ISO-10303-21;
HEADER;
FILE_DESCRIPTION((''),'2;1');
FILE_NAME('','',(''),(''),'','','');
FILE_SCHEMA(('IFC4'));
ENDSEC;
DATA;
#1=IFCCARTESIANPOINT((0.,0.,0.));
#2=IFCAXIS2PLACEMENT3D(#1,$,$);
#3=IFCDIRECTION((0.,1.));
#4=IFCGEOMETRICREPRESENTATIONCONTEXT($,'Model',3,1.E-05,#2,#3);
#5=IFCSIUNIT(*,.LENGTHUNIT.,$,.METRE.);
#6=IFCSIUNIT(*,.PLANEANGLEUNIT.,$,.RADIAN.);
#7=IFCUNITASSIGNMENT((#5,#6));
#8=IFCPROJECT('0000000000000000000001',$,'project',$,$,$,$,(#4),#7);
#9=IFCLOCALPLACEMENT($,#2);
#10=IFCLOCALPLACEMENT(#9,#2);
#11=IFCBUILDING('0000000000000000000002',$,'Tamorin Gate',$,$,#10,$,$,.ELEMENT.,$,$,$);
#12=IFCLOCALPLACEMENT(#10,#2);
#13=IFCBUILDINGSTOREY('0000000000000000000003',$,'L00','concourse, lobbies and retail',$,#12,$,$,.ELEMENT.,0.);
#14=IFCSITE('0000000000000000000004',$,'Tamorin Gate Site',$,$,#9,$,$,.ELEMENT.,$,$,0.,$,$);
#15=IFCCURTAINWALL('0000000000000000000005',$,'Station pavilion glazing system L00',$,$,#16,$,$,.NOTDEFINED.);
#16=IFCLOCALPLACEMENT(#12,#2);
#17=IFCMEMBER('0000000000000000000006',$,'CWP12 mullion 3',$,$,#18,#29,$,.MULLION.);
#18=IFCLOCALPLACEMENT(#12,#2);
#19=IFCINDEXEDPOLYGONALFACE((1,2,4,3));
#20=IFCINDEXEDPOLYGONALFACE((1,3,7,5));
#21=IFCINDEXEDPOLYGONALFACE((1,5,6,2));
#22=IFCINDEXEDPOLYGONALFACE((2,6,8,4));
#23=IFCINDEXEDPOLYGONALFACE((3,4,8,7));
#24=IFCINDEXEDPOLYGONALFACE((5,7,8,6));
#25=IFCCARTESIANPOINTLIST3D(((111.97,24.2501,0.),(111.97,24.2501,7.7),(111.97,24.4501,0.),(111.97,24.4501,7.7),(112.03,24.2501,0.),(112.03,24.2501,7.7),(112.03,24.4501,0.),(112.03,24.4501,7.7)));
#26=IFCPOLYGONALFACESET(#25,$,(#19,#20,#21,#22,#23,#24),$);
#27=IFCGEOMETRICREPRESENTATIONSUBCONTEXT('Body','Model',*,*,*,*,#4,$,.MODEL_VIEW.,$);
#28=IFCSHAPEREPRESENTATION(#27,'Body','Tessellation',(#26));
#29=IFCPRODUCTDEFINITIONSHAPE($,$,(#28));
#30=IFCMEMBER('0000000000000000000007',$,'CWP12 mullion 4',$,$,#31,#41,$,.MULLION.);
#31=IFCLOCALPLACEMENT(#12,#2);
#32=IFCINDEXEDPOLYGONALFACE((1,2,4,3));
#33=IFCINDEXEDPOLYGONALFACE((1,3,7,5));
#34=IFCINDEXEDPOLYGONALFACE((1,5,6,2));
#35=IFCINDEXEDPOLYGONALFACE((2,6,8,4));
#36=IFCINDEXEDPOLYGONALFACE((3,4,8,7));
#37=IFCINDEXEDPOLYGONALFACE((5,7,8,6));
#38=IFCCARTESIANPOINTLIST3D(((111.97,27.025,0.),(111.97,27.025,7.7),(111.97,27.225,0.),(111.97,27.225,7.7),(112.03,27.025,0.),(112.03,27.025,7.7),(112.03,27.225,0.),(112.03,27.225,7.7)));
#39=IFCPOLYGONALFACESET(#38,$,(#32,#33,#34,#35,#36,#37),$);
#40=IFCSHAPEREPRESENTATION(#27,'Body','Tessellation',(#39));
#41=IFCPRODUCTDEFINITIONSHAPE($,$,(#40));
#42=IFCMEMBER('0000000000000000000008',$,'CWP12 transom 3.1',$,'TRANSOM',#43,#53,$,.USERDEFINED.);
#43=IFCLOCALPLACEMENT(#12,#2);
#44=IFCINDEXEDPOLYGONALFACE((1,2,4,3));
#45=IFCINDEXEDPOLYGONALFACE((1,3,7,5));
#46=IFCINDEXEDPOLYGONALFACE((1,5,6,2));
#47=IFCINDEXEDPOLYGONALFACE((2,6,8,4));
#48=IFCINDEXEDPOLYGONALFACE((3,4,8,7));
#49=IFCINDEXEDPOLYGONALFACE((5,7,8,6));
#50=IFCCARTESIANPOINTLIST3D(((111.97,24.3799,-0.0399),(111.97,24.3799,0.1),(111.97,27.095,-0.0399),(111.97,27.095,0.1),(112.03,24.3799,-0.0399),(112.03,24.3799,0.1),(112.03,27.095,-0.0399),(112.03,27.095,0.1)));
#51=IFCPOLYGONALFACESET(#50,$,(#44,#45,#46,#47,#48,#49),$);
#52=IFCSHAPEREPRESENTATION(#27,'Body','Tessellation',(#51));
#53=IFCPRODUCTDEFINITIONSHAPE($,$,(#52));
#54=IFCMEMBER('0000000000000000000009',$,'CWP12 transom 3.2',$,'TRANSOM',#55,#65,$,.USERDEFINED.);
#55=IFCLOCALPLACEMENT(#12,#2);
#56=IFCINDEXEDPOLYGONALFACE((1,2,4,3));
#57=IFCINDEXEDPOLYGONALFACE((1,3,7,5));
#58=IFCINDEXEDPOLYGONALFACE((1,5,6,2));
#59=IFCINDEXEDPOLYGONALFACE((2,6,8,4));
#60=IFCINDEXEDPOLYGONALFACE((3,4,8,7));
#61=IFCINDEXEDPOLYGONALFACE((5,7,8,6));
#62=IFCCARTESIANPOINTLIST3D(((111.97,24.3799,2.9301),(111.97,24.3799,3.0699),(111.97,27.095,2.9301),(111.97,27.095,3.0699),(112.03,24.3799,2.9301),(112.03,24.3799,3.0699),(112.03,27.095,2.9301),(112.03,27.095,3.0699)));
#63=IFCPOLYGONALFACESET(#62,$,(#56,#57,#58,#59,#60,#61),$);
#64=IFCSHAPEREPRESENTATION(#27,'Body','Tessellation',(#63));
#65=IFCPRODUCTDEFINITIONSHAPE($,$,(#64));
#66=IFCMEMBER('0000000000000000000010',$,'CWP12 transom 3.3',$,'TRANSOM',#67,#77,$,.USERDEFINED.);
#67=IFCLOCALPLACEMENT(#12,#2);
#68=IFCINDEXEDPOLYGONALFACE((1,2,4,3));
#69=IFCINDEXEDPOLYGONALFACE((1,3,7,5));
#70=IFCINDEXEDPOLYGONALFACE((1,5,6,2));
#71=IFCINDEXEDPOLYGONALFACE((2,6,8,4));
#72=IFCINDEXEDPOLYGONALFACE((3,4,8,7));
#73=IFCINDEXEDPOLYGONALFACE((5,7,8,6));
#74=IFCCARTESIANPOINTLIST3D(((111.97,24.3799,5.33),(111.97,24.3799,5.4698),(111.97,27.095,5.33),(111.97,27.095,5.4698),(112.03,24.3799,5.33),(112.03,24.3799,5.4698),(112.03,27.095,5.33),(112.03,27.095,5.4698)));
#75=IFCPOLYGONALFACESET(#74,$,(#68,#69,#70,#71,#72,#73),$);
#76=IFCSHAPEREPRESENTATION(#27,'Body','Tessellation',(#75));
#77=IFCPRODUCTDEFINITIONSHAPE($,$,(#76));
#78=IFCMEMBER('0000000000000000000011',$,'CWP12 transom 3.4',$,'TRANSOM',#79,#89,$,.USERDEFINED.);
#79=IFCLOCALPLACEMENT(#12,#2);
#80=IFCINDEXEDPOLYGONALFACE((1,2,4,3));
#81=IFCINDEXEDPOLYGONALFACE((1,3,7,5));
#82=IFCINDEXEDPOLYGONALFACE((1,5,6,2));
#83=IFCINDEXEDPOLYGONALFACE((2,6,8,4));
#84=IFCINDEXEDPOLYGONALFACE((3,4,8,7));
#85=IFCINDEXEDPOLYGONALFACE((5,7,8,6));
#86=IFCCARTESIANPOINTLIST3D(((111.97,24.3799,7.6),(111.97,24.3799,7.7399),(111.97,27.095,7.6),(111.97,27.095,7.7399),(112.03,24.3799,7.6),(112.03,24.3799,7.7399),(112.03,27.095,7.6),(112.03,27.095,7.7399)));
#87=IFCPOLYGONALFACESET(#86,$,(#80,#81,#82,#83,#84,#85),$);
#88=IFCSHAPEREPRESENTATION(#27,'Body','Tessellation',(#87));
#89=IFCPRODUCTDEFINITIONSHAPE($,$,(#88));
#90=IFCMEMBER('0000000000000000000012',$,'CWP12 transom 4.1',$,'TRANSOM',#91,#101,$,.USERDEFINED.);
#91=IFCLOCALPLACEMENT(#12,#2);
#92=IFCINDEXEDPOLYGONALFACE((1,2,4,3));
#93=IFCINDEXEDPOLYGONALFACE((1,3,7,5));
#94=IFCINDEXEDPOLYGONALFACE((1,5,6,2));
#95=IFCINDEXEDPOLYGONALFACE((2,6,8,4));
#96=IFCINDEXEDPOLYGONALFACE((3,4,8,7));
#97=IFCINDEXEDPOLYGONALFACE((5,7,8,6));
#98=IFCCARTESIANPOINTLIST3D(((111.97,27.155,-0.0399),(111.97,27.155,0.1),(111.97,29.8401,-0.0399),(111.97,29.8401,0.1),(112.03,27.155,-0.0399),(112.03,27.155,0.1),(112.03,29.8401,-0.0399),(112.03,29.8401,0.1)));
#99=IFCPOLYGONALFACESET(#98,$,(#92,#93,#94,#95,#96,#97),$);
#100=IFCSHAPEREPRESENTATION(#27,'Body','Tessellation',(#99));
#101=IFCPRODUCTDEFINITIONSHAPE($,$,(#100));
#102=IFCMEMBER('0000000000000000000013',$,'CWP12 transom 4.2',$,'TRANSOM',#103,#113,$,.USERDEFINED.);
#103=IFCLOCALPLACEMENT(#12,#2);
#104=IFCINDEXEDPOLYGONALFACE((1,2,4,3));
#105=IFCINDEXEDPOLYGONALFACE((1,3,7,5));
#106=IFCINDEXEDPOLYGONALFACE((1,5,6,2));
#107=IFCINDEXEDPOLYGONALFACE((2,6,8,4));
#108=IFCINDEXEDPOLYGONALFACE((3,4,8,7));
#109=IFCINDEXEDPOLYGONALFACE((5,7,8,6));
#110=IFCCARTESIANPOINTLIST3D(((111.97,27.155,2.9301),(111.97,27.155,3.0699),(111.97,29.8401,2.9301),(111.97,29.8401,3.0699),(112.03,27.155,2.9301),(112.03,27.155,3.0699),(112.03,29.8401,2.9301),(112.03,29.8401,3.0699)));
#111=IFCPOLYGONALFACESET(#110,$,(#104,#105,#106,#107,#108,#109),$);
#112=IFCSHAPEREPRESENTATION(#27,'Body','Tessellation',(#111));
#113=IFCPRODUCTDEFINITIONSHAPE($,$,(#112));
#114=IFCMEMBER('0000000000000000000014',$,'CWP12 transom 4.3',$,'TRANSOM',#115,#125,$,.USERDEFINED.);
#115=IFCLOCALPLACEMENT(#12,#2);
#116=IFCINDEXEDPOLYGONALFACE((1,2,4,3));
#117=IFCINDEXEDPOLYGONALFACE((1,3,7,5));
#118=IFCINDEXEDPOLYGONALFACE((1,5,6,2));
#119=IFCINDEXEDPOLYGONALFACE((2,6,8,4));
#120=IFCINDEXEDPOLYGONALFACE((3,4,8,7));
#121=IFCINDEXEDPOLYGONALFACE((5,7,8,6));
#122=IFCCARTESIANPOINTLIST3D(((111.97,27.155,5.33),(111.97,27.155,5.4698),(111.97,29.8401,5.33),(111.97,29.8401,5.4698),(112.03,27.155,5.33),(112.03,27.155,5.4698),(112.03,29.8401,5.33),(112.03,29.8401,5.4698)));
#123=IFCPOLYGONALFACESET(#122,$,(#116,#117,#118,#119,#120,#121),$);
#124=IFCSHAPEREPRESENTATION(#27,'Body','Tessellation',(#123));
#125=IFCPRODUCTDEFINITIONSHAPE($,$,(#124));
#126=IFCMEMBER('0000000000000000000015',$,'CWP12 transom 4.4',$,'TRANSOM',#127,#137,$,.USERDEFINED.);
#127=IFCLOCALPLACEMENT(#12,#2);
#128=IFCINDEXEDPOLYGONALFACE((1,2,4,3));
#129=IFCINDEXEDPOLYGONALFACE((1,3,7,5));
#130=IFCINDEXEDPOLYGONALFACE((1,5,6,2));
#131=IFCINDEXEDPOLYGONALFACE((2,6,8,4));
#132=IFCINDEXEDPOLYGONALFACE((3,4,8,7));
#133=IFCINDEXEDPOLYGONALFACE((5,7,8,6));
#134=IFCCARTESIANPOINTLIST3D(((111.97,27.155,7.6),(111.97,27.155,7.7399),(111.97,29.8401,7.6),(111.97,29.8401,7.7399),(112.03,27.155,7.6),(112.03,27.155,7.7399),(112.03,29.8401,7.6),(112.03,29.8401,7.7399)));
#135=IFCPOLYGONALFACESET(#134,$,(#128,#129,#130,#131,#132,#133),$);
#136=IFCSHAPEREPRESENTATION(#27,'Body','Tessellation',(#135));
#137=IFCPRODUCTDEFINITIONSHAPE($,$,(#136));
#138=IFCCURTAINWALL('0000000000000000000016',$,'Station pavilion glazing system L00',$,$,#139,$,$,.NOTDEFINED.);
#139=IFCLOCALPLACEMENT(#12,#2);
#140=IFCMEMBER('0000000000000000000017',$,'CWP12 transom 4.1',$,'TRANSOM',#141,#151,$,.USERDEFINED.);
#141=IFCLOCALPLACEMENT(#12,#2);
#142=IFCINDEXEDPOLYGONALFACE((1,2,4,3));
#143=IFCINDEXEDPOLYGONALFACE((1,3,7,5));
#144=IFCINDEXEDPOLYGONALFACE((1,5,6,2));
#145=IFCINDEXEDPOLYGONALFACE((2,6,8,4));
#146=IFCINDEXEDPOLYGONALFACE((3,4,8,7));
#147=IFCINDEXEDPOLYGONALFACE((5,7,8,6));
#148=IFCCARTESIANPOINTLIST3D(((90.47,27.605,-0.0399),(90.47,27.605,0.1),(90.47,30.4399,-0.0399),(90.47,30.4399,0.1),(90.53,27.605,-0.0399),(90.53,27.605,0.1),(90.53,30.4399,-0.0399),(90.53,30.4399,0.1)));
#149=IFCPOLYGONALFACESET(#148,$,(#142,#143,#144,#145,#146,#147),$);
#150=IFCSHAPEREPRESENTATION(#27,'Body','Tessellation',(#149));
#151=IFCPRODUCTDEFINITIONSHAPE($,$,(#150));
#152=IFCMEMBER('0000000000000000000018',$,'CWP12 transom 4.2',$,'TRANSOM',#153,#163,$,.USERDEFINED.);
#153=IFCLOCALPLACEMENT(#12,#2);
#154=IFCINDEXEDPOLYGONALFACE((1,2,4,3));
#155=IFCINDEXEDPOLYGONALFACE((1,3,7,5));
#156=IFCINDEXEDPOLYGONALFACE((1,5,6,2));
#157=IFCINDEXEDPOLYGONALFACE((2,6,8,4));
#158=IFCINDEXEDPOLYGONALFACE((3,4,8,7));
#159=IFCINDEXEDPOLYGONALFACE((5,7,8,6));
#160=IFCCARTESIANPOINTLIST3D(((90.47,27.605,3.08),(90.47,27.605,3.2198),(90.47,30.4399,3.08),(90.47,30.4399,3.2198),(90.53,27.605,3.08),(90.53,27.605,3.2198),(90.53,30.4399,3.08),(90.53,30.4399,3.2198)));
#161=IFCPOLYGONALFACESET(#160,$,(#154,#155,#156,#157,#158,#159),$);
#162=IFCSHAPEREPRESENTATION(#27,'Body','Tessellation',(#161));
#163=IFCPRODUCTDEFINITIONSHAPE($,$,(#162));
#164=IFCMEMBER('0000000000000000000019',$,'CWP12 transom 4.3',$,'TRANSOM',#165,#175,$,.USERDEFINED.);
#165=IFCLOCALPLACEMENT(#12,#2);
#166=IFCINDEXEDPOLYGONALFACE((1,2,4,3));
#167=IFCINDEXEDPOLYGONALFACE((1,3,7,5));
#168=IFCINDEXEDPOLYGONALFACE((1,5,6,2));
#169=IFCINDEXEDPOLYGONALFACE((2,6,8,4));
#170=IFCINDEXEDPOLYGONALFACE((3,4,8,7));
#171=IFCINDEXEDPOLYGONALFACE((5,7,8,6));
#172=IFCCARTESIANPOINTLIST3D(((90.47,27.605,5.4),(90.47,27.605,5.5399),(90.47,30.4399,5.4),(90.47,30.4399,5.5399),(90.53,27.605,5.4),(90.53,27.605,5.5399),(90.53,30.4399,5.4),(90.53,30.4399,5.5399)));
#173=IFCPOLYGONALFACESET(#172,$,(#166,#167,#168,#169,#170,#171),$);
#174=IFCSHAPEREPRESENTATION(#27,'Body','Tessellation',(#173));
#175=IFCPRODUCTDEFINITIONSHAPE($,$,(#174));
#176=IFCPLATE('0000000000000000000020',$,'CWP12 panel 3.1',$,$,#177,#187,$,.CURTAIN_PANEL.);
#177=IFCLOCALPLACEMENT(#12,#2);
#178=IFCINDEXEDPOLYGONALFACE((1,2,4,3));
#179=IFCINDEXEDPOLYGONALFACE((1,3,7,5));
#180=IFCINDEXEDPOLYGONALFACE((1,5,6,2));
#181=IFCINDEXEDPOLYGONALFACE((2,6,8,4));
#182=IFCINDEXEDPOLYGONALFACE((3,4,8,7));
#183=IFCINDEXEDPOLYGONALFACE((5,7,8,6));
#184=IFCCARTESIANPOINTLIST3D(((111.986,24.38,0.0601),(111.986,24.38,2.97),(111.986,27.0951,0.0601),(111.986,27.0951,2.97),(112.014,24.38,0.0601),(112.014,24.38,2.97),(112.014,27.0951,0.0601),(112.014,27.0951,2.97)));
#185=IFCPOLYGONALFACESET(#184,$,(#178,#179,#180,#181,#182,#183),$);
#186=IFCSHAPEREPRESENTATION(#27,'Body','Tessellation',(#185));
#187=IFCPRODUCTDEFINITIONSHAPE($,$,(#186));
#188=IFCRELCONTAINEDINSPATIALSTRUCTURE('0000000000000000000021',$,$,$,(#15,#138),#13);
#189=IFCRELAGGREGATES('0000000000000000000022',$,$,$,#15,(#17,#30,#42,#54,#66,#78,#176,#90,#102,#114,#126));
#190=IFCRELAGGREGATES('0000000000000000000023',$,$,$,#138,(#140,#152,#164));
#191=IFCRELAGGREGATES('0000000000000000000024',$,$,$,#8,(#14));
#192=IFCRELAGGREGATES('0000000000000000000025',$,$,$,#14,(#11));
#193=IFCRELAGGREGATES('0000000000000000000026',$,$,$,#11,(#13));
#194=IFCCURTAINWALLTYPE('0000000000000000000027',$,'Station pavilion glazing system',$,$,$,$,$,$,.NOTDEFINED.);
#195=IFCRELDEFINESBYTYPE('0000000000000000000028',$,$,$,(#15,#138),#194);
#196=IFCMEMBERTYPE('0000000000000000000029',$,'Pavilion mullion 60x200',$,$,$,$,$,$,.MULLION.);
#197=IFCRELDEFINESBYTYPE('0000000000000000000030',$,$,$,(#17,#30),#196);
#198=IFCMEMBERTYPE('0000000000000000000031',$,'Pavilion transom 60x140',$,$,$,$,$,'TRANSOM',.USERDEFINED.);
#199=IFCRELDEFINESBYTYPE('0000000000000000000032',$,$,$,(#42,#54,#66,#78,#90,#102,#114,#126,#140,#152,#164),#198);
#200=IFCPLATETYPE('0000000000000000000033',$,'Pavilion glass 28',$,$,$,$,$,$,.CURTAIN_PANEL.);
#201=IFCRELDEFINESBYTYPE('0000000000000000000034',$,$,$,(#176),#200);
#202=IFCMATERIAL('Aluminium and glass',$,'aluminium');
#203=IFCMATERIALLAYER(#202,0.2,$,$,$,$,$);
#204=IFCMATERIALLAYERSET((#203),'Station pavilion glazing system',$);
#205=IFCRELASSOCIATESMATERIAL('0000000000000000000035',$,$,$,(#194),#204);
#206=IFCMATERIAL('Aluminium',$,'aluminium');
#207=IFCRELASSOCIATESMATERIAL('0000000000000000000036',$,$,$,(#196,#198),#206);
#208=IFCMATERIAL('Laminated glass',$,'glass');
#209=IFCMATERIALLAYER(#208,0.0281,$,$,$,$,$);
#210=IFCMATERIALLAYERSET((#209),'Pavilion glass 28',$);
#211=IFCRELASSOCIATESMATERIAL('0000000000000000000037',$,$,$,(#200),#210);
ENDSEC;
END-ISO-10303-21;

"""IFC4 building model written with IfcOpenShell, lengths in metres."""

from ifc_helpers import new_model, si_unit, direction, frame, origin, origin_2d, place, context, subcontext, project, spatial, rectangle, extrude, material, layer, layer_set, material_profile, profile_set, type_object, element, aggregate, save


model = new_model("IFC4")

# Units and contexts
model_context = context("Model", 3, precision=1e-05, world=origin(), true_north=direction((0.0, 1.0)))
body_context = subcontext(model_context, "Body", "Model", "MODEL_VIEW")
ifc_project = project(units=[si_unit("LENGTHUNIT", "METRE"), si_unit("PLANEANGLEUNIT", "RADIAN")], contexts=[model_context])

# Site, building, storey
site_placement = place(None, origin())
site = spatial("IfcSite", under=ifc_project, at=site_placement, Name="Tamorin Gate Site", CompositionType="ELEMENT", RefElevation=0.0)
building_placement = place(site_placement, origin())
building = spatial("IfcBuilding", under=site, at=building_placement, Name="Tamorin Gate", CompositionType="ELEMENT")
storey_placement = place(building_placement, origin())
storey = spatial("IfcBuildingStorey", under=building, at=storey_placement, Name="L00", Description="concourse, lobbies and retail", CompositionType="ELEMENT", Elevation=0.0)

# Curtain walls, members
ifc_material_1 = material(Name="Aluminium and glass", Category="aluminium")
ifc_layer_1 = layer(ifc_material_1, 0.2)
ifc_layer_set_1 = layer_set([ifc_layer_1], Name="Station pavilion glazing system")
curtain_wall_type = type_object("IfcCurtainWallType", Name="Station pavilion glazing system", PredefinedType="NOTDEFINED", material=ifc_layer_set_1)
curtain_wall_1_placement = place(storey_placement, origin())
curtain_wall_1 = element("IfcCurtainWall", 1, at=curtain_wall_1_placement, inside=storey, type_object=curtain_wall_type, Name="Station pavilion glazing system L00", PredefinedType="NOTDEFINED")
ifc_material_2 = material(Name="Aluminium", Category="aluminium")
ifc_material_profile_1 = material_profile(ifc_material_2, rectangle(XDim=0.0601, YDim=0.2, at=origin_2d()), Name="RECT 60x200")
ifc_profile_set_1 = profile_set([ifc_material_profile_1], Name="Aluminium")
member_type_1 = type_object("IfcMemberType", Name="Pavilion mullion 60x200", PredefinedType="MULLION", material=ifc_profile_set_1)
member_1_placement = place(storey_placement, frame((112.0, 24.3501, 0.0), z_axis=(0.0, 0.0, 1.0), x_axis=(-1.0, 0.0, 0.0)))
member_1 = element("IfcMember", 2, at=member_1_placement, type_object=member_type_1, Name="CWP12 mullion 3", PredefinedType="MULLION", context=body_context, shape_type="SweptSolid", body=[
    extrude(rectangle(XDim=0.0601, YDim=0.2, at=origin_2d()), origin(), (0.0, 0.0, 1.0), 7.7),
])
member_2_placement = place(storey_placement, frame((112.0, 27.125, 0.0), z_axis=(0.0, 0.0, 1.0), x_axis=(-1.0, 0.0, 0.0)))
member_2 = element("IfcMember", 3, at=member_2_placement, type_object=member_type_1, Name="CWP12 mullion 4", PredefinedType="MULLION", context=body_context, shape_type="SweptSolid", body=[
    extrude(rectangle(XDim=0.0601, YDim=0.2, at=origin_2d()), origin(), (0.0, 0.0, 1.0), 7.7),
])
ifc_material_profile_2 = material_profile(ifc_material_2, rectangle(XDim=0.0601, YDim=0.1399, at=origin_2d()), Name="RECT 60x140")
ifc_profile_set_2 = profile_set([ifc_material_profile_2], Name="Aluminium")
member_type_2 = type_object("IfcMemberType", Name="Pavilion transom 60x140", ElementType="TRANSOM", PredefinedType="USERDEFINED", material=ifc_profile_set_2)
member_3_placement = place(storey_placement, frame((112.0, 24.3799, 0.03), z_axis=(0.0, 1.0, 0.0), x_axis=(-1.0, 0.0, 0.0)))
member_3 = element("IfcMember", 4, at=member_3_placement, type_object=member_type_2, Name="CWP12 transom 3.1", ObjectType="TRANSOM", PredefinedType="USERDEFINED", context=body_context, shape_type="SweptSolid", body=[
    extrude(rectangle(XDim=0.0601, YDim=0.1399, at=origin_2d()), origin(), (0.0, 0.0, 1.0), 2.7151),
])
member_4_placement = place(storey_placement, frame((112.0, 24.3799, 3.0), z_axis=(0.0, 1.0, 0.0), x_axis=(-1.0, 0.0, 0.0)))
member_4 = element("IfcMember", 5, at=member_4_placement, type_object=member_type_2, Name="CWP12 transom 3.2", ObjectType="TRANSOM", PredefinedType="USERDEFINED", context=body_context, shape_type="SweptSolid", body=[
    extrude(rectangle(XDim=0.0601, YDim=0.1399, at=origin_2d()), origin(), (0.0, 0.0, 1.0), 2.7151),
])
member_5_placement = place(storey_placement, frame((112.0, 24.3799, 5.3999), z_axis=(0.0, 1.0, 0.0), x_axis=(-1.0, 0.0, 0.0)))
member_5 = element("IfcMember", 6, at=member_5_placement, type_object=member_type_2, Name="CWP12 transom 3.3", ObjectType="TRANSOM", PredefinedType="USERDEFINED", context=body_context, shape_type="SweptSolid", body=[
    extrude(rectangle(XDim=0.0601, YDim=0.1399, at=origin_2d()), origin(), (0.0, 0.0, 1.0), 2.7151),
])
member_6_placement = place(storey_placement, frame((112.0, 24.3799, 7.6699), z_axis=(0.0, 1.0, 0.0), x_axis=(-1.0, 0.0, 0.0)))
member_6 = element("IfcMember", 7, at=member_6_placement, type_object=member_type_2, Name="CWP12 transom 3.4", ObjectType="TRANSOM", PredefinedType="USERDEFINED", context=body_context, shape_type="SweptSolid", body=[
    extrude(rectangle(XDim=0.0601, YDim=0.1399, at=origin_2d()), origin(), (0.0, 0.0, 1.0), 2.7151),
])
member_7_placement = place(storey_placement, frame((112.0, 27.155, 0.03), z_axis=(0.0, 1.0, 0.0), x_axis=(-1.0, 0.0, 0.0)))
member_7 = element("IfcMember", 8, at=member_7_placement, type_object=member_type_2, Name="CWP12 transom 4.1", ObjectType="TRANSOM", PredefinedType="USERDEFINED", context=body_context, shape_type="SweptSolid", body=[
    extrude(rectangle(XDim=0.0601, YDim=0.1399, at=origin_2d()), origin(), (0.0, 0.0, 1.0), 2.6851),
])
member_8_placement = place(storey_placement, frame((112.0, 27.155, 3.0), z_axis=(0.0, 1.0, 0.0), x_axis=(-1.0, 0.0, 0.0)))
member_8 = element("IfcMember", 9, at=member_8_placement, type_object=member_type_2, Name="CWP12 transom 4.2", ObjectType="TRANSOM", PredefinedType="USERDEFINED", context=body_context, shape_type="SweptSolid", body=[
    extrude(rectangle(XDim=0.0601, YDim=0.1399, at=origin_2d()), origin(), (0.0, 0.0, 1.0), 2.6851),
])
member_9_placement = place(storey_placement, frame((112.0, 27.155, 5.3999), z_axis=(0.0, 1.0, 0.0), x_axis=(-1.0, 0.0, 0.0)))
member_9 = element("IfcMember", 10, at=member_9_placement, type_object=member_type_2, Name="CWP12 transom 4.3", ObjectType="TRANSOM", PredefinedType="USERDEFINED", context=body_context, shape_type="SweptSolid", body=[
    extrude(rectangle(XDim=0.0601, YDim=0.1399, at=origin_2d()), origin(), (0.0, 0.0, 1.0), 2.6851),
])
member_10_placement = place(storey_placement, frame((112.0, 27.155, 7.6699), z_axis=(0.0, 1.0, 0.0), x_axis=(-1.0, 0.0, 0.0)))
member_10 = element("IfcMember", 11, at=member_10_placement, type_object=member_type_2, Name="CWP12 transom 4.4", ObjectType="TRANSOM", PredefinedType="USERDEFINED", context=body_context, shape_type="SweptSolid", body=[
    extrude(rectangle(XDim=0.0601, YDim=0.1399, at=origin_2d()), origin(), (0.0, 0.0, 1.0), 2.6851),
])
curtain_wall_2_placement = place(storey_placement, origin())
curtain_wall_2 = element("IfcCurtainWall", 12, at=curtain_wall_2_placement, inside=storey, type_object=curtain_wall_type, Name="Station pavilion glazing system L00", PredefinedType="NOTDEFINED")
member_11_placement = place(storey_placement, frame((90.5, 27.605, 0.03), z_axis=(0.0, 1.0, 0.0), x_axis=(-1.0, 0.0, 0.0)))
member_11 = element("IfcMember", 13, at=member_11_placement, type_object=member_type_2, Name="CWP12 transom 4.1", ObjectType="TRANSOM", PredefinedType="USERDEFINED", context=body_context, shape_type="SweptSolid", body=[
    extrude(rectangle(XDim=0.0601, YDim=0.1399, at=origin_2d()), origin(), (0.0, 0.0, 1.0), 2.835),
])
member_12_placement = place(storey_placement, frame((90.5, 27.605, 3.1499), z_axis=(0.0, 1.0, 0.0), x_axis=(-1.0, 0.0, 0.0)))
member_12 = element("IfcMember", 14, at=member_12_placement, type_object=member_type_2, Name="CWP12 transom 4.2", ObjectType="TRANSOM", PredefinedType="USERDEFINED", context=body_context, shape_type="SweptSolid", body=[
    extrude(rectangle(XDim=0.0601, YDim=0.1399, at=origin_2d()), origin(), (0.0, 0.0, 1.0), 2.835),
])
member_13_placement = place(storey_placement, frame((90.5, 27.605, 5.47), z_axis=(0.0, 1.0, 0.0), x_axis=(-1.0, 0.0, 0.0)))
member_13 = element("IfcMember", 15, at=member_13_placement, type_object=member_type_2, Name="CWP12 transom 4.3", ObjectType="TRANSOM", PredefinedType="USERDEFINED", context=body_context, shape_type="SweptSolid", body=[
    extrude(rectangle(XDim=0.0601, YDim=0.1399, at=origin_2d()), origin(), (0.0, 0.0, 1.0), 2.835),
])

# Plate
ifc_material_3 = material(Name="Laminated glass", Category="glass")
ifc_layer_2 = layer(ifc_material_3, 0.0281)
ifc_layer_set_2 = layer_set([ifc_layer_2], Name="Pavilion glass 28")
plate_type = type_object("IfcPlateType", Name="Pavilion glass 28", PredefinedType="CURTAIN_PANEL", material=ifc_layer_set_2)
plate_1_placement = place(storey_placement, frame((112.0, 25.7375, 0.0601), z_axis=(0.0, 0.0, 1.0), x_axis=(0.0, 1.0, 0.0)))
plate_1 = element("IfcPlate", 16, at=plate_1_placement, type_object=plate_type, Name="CWP12 panel 3.1", PredefinedType="CURTAIN_PANEL", context=body_context, shape_type="SweptSolid", body=[
    extrude(rectangle(XDim=2.7151, YDim=0.0281, at=origin_2d()), origin(), (0.0, 0.0, 1.0), 2.9099),
])
aggregate(curtain_wall_1, [member_1, member_2, member_3, member_4, member_5, member_6, plate_1, member_7, member_8, member_9, member_10])
aggregate(curtain_wall_2, [member_11, member_12, member_13])

save(model, "model.ifc")
